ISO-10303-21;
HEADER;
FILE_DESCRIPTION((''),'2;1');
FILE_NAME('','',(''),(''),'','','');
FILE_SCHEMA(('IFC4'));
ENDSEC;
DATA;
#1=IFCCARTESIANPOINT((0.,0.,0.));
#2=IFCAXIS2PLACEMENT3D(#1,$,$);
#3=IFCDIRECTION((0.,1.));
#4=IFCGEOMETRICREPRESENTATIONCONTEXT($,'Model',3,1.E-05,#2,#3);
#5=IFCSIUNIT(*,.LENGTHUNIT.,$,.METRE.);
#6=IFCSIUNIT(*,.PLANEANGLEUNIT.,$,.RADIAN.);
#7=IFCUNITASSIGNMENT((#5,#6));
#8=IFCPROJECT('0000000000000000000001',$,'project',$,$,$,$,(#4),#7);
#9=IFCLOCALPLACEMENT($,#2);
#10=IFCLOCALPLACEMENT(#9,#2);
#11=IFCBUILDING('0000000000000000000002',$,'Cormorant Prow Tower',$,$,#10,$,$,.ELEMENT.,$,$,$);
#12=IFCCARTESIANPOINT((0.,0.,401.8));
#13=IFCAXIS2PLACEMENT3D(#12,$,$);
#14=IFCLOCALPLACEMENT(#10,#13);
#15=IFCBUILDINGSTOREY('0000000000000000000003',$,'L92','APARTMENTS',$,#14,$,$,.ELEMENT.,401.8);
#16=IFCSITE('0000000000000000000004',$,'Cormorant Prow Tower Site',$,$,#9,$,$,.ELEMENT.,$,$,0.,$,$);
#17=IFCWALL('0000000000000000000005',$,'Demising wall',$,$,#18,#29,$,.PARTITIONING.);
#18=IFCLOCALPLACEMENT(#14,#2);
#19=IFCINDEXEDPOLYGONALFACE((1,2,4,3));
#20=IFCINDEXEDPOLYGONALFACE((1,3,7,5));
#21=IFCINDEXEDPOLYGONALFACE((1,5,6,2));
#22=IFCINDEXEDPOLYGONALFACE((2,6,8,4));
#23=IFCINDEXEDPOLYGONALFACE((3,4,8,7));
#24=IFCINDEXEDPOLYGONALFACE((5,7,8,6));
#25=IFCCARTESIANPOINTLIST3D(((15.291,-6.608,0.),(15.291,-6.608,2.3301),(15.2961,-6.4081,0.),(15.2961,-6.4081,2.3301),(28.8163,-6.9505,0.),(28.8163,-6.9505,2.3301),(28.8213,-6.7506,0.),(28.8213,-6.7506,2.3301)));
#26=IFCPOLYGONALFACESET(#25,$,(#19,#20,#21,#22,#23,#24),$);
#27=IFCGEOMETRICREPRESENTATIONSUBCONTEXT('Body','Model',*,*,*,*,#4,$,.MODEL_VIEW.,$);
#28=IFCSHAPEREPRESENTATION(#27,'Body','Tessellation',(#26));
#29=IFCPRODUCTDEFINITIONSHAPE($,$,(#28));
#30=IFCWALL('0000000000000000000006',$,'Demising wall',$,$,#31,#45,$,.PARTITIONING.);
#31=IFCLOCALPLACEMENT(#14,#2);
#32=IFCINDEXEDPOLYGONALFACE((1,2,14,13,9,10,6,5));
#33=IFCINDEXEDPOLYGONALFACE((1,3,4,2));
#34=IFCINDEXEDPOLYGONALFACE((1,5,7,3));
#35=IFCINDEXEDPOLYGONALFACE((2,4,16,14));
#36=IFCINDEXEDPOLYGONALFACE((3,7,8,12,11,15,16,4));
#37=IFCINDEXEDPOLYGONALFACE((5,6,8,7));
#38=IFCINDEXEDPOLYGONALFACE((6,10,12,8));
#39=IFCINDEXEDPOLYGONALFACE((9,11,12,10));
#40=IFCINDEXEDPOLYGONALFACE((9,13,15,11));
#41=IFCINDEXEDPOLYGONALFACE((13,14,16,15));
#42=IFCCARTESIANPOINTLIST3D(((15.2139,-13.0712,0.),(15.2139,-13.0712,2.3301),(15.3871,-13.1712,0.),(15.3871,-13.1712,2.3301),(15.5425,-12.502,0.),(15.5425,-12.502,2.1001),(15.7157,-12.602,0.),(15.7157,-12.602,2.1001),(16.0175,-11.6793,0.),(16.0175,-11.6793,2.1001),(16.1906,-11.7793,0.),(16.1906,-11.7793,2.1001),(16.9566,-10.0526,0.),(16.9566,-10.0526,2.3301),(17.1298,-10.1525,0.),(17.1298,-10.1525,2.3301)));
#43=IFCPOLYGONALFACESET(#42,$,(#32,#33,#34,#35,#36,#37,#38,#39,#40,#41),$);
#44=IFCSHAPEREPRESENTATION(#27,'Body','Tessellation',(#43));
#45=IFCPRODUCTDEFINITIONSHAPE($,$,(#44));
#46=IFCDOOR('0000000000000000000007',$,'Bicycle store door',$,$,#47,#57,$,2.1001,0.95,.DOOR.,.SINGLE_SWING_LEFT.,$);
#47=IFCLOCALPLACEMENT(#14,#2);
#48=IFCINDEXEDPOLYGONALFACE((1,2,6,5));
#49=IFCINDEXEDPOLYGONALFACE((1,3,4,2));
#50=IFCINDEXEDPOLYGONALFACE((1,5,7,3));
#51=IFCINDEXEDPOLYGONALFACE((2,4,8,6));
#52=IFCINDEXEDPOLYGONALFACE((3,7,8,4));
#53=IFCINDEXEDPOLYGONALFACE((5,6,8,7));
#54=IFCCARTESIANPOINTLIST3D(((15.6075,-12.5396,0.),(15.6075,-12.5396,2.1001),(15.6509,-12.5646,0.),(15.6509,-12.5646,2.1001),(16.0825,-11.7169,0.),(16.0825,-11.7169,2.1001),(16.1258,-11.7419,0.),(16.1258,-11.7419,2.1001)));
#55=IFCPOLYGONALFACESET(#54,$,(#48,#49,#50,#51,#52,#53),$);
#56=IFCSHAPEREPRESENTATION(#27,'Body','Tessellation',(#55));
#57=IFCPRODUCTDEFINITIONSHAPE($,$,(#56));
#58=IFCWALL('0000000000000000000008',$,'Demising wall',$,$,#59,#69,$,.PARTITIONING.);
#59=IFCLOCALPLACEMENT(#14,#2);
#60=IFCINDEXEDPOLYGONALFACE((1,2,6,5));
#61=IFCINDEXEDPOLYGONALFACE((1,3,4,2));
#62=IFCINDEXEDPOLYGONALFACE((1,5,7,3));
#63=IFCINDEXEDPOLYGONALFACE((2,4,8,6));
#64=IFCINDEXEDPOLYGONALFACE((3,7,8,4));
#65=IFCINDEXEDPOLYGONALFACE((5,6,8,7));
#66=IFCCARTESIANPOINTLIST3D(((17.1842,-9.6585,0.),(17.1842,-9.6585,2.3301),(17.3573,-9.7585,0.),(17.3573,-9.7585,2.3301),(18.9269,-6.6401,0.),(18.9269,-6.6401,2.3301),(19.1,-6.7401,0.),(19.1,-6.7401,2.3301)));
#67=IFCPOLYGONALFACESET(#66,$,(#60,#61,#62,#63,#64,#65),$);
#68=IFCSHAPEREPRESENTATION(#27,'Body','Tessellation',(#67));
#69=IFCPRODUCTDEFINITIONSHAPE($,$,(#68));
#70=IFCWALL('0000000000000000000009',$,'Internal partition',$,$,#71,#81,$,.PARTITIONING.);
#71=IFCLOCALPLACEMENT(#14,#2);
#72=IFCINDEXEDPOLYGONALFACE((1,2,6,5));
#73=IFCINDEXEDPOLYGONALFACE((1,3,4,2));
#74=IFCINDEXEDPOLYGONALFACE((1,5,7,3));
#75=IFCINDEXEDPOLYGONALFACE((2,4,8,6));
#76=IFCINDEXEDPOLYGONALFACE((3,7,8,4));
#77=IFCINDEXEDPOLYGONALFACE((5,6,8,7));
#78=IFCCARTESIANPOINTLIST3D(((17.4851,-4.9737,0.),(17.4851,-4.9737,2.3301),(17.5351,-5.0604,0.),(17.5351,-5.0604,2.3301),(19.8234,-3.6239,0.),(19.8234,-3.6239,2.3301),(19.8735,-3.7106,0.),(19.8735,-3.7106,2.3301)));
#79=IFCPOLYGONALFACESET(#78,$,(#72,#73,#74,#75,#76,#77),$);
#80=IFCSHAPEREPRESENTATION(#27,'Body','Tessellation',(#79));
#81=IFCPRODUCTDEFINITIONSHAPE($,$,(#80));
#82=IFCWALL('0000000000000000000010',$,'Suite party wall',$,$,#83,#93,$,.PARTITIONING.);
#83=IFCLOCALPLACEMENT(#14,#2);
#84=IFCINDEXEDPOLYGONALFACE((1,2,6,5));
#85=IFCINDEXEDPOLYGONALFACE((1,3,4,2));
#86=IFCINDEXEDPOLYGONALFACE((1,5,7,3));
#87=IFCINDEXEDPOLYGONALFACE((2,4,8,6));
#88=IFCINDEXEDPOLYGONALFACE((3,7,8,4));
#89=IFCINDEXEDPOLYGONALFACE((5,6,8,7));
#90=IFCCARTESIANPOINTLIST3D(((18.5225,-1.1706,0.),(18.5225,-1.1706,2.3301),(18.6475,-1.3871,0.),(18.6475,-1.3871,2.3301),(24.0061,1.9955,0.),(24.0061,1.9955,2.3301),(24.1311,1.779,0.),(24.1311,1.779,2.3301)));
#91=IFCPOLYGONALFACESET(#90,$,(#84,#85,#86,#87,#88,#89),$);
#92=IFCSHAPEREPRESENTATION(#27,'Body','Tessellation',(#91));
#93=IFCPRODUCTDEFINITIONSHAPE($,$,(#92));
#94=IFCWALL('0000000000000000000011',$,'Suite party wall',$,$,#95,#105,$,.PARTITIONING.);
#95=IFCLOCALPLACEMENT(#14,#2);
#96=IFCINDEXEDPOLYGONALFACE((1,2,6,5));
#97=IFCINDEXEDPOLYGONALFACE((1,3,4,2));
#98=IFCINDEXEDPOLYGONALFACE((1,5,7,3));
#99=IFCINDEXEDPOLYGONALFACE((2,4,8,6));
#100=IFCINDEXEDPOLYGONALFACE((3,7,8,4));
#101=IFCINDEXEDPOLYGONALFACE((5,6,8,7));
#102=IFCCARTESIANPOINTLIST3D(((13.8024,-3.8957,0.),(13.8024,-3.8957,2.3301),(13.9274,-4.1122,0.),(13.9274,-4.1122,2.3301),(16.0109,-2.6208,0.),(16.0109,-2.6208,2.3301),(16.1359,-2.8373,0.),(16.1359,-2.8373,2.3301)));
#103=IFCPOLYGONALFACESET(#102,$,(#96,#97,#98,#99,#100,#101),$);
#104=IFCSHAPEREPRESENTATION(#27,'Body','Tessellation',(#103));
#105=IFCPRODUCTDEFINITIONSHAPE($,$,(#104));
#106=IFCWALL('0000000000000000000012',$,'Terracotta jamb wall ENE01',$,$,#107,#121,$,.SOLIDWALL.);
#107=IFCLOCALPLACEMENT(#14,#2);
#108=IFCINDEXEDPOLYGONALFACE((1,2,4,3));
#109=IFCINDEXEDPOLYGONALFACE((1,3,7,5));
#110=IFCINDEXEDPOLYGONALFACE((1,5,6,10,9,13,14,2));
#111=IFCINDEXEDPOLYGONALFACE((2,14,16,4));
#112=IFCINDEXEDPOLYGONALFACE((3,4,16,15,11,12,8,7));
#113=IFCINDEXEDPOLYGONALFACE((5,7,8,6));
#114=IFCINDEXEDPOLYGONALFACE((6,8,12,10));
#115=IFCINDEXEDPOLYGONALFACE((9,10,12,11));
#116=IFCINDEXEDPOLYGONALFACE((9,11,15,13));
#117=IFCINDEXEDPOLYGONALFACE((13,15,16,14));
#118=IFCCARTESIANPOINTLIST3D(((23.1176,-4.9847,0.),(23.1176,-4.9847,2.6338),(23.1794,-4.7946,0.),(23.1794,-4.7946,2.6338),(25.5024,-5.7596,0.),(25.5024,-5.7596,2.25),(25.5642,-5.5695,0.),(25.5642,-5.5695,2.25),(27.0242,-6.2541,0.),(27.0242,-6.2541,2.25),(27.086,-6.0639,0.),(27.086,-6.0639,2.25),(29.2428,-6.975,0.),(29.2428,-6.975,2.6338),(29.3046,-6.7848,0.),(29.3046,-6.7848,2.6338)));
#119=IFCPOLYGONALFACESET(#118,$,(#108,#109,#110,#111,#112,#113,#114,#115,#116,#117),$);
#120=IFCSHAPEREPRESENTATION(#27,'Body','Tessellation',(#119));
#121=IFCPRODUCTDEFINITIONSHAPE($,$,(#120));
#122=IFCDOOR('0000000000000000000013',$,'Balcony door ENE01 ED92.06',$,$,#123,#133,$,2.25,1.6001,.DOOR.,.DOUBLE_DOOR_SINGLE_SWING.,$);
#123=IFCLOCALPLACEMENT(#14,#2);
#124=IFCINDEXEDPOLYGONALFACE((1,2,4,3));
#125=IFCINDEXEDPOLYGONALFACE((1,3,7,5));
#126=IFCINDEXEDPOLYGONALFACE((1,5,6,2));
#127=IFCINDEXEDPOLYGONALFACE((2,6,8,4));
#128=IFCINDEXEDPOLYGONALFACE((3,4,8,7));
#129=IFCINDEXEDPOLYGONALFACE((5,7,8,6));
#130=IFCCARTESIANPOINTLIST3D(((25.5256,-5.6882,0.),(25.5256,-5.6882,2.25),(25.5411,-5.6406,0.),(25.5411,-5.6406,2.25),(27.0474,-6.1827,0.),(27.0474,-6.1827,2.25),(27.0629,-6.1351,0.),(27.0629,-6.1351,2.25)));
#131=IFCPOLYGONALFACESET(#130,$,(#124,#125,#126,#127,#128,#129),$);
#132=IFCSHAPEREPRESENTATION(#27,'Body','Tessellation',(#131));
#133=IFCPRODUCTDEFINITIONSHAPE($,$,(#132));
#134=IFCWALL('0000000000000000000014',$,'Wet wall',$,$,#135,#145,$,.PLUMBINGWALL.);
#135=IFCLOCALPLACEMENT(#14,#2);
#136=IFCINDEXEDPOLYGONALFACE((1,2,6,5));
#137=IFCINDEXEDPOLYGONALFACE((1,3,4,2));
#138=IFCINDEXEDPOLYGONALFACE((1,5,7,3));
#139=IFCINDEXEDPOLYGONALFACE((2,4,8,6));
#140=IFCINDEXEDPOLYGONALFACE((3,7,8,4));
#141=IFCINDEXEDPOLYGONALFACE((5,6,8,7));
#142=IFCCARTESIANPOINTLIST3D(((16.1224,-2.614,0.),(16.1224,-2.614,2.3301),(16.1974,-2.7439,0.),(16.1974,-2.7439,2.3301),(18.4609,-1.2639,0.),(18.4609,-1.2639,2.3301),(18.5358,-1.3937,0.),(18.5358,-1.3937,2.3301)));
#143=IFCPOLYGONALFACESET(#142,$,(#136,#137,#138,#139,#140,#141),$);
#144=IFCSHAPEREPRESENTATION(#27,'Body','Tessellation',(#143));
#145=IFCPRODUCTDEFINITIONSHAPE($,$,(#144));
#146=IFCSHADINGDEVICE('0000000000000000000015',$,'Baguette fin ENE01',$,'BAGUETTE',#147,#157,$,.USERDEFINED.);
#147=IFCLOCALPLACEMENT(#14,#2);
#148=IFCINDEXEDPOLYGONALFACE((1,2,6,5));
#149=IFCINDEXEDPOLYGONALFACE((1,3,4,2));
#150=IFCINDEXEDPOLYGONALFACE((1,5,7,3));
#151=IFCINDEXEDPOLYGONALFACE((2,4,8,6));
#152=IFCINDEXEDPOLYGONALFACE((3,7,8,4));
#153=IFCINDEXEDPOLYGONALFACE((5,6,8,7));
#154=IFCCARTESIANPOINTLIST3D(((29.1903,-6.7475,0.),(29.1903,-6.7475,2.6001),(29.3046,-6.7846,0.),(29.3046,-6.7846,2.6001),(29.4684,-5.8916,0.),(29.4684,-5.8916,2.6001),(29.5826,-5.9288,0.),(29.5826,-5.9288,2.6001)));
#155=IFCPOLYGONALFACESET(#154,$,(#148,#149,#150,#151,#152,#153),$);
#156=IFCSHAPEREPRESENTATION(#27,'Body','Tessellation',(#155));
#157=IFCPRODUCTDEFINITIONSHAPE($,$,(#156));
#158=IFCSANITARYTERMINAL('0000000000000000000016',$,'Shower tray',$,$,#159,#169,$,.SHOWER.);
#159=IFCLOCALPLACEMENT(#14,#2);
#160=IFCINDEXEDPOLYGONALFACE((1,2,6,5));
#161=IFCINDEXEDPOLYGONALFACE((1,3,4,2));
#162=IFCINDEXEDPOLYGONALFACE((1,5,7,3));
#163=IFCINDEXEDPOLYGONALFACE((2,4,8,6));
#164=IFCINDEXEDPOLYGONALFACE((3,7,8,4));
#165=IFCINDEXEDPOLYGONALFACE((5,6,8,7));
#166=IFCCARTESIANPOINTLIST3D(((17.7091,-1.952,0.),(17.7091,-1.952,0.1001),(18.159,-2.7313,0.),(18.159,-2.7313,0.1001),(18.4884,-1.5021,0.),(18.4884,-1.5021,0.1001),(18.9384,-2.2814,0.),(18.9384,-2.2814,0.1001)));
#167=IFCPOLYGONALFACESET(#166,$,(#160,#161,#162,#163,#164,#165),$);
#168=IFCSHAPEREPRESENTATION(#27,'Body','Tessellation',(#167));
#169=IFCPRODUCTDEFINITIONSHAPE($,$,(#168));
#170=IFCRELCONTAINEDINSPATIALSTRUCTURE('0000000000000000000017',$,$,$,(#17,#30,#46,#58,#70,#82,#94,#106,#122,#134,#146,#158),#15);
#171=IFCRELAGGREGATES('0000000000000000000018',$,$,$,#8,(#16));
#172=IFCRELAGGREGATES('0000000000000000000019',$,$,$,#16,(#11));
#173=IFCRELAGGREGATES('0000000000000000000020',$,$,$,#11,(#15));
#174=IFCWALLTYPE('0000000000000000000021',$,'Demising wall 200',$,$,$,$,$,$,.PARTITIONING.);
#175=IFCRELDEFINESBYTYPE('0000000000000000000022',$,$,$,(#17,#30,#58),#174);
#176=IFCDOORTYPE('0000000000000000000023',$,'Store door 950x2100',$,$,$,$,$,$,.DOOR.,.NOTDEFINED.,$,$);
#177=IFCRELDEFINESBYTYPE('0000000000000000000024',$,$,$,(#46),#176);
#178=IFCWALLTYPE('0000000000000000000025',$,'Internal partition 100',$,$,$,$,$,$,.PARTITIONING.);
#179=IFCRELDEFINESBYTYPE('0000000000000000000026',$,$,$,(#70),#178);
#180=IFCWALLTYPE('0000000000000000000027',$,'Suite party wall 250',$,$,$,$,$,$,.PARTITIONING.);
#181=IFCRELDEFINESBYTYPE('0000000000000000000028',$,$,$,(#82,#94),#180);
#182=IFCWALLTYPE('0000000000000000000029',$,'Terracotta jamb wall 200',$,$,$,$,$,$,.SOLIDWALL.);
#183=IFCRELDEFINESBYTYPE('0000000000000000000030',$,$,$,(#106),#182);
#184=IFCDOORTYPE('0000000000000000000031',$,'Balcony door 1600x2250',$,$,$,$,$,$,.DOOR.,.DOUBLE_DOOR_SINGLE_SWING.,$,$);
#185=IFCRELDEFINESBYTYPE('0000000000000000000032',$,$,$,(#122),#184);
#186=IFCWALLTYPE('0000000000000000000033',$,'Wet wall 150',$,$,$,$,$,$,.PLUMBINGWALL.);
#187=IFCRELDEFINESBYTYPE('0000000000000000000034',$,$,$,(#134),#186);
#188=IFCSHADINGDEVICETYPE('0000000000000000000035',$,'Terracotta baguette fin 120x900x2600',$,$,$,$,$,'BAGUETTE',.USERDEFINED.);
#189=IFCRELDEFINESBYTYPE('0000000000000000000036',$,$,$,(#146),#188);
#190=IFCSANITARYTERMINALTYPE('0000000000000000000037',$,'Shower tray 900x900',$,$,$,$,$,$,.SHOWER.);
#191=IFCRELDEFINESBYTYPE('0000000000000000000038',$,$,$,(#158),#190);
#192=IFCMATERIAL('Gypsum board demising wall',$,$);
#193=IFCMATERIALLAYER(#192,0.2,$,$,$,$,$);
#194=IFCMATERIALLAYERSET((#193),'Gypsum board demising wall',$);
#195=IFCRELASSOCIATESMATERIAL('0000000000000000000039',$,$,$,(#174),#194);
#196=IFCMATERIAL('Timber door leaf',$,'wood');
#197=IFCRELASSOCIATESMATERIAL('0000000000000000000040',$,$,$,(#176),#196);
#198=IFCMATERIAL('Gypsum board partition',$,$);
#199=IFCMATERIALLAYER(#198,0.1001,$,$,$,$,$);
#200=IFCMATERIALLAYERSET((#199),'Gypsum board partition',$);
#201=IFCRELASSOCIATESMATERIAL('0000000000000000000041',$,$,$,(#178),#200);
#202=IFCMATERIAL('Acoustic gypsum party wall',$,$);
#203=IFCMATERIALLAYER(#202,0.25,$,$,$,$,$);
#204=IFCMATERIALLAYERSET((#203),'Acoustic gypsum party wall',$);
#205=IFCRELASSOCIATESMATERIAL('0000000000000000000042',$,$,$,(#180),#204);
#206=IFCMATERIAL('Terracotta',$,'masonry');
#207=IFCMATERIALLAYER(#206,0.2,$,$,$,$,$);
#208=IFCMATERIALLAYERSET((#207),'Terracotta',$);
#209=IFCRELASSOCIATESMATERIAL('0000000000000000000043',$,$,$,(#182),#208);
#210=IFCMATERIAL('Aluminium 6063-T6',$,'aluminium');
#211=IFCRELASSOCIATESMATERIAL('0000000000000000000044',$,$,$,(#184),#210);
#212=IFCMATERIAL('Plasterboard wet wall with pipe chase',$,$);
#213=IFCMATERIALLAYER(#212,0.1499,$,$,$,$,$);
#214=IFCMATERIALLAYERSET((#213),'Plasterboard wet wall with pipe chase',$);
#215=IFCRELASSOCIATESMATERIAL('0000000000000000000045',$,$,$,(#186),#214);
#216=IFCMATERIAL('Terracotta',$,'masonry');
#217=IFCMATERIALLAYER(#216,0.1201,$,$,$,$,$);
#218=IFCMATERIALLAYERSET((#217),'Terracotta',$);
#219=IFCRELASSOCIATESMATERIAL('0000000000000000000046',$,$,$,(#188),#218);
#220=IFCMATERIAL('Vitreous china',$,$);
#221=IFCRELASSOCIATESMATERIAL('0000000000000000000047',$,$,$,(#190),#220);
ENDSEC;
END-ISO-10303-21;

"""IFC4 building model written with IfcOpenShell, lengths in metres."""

from ifc_helpers import new_model, si_unit, direction, frame, frame_2d, origin, origin_2d, place, context, subcontext, project, spatial, rectangle, extrude, material, layer, layer_set, type_object, element, fill, save


model = new_model("IFC4")

# Units and contexts
model_context = context("Model", 3, precision=1e-05, world=origin(), true_north=direction((0.0, 1.0)))
body_context = subcontext(model_context, "Body", "Model", "MODEL_VIEW")
ifc_project = project(units=[si_unit("LENGTHUNIT", "METRE"), si_unit("PLANEANGLEUNIT", "RADIAN")], contexts=[model_context])

# Site, building, storey
site_placement = place(None, origin())
site = spatial("IfcSite", under=ifc_project, at=site_placement, Name="Cormorant Prow Tower Site", CompositionType="ELEMENT", RefElevation=0.0)
building_placement = place(site_placement, origin())
building = spatial("IfcBuilding", under=site, at=building_placement, Name="Cormorant Prow Tower", CompositionType="ELEMENT")
storey_placement = place(building_placement, frame((0.0, 0.0, 401.8)))
storey = spatial("IfcBuildingStorey", under=building, at=storey_placement, Name="L92", Description="APARTMENTS", CompositionType="ELEMENT", Elevation=401.8)

# Wall
ifc_material_1 = material(Name="Gypsum board demising wall")
ifc_layer_1 = layer(ifc_material_1, 0.2)
ifc_layer_set_1 = layer_set([ifc_layer_1], Name="Gypsum board demising wall")
wall_type_1 = type_object("IfcWallType", Name="Demising wall 200", PredefinedType="PARTITIONING", material=ifc_layer_set_1)
wall_1_placement = place(storey_placement, frame((15.2937, -6.5081, 0.0), z_axis=(0.0, 0.0, 1.0), x_axis=(0.999679, -0.025317, 0.0)))
element("IfcWall", 1, at=wall_1_placement, inside=storey, type_object=wall_type_1, Name="Demising wall", PredefinedType="PARTITIONING", context=body_context, shape_type="SweptSolid", body=[
    extrude(rectangle(XDim=13.5295, YDim=0.2, at=frame_2d((6.7646, 0.0))), origin(), (0.0, 0.0, 1.0), 2.3301),
])

# Wall, opening, door
wall_2_placement = place(storey_placement, frame((15.3005, -13.1211, 0.0), z_axis=(0.0, 0.0, 1.0), x_axis=(0.499981, 0.866036, 0.0)))
wall_2 = element("IfcWall", 2, at=wall_2_placement, inside=storey, type_object=wall_type_1, Name="Demising wall", PredefinedType="PARTITIONING", context=body_context, shape_type="SweptSolid", body=[
    extrude(rectangle(XDim=3.4856, YDim=0.2, at=frame_2d((1.7427, 0.0))), origin(), (0.0, 0.0, 1.0), 2.3301),
])
opening_1_placement = place(wall_2_placement, frame((0.657, 0.0, 0.0)))
opening_1 = element("IfcOpeningElement", 3, at=opening_1_placement, cuts=wall_2, PredefinedType="OPENING", context=body_context, shape_type="SweptSolid", body=[
    extrude(rectangle(XDim=0.95, YDim=2.1001, at=frame_2d((0.4751, 1.05))), frame((0.0, 0.1099, 0.0), z_axis=(0.0, -1.0, 0.0), x_axis=(1.0, 0.0, 0.0)), (0.0, 0.0, 1.0), 0.22),
])
ifc_material_2 = material(Name="Timber door leaf", Category="wood")
door_type_1 = type_object("IfcDoorType", Name="Store door 950x2100", OperationType="NOTDEFINED", PredefinedType="DOOR", material=ifc_material_2)
door_1_placement = place(opening_1_placement, origin())
door_1 = element("IfcDoor", 4, at=door_1_placement, inside=storey, type_object=door_type_1, Name="Bicycle store door", OperationType="SINGLE_SWING_LEFT", OverallHeight=2.1001, OverallWidth=0.95, PredefinedType="DOOR", context=body_context, shape_type="SweptSolid", body=[
    extrude(rectangle(XDim=0.95, YDim=2.1001, at=frame_2d((0.4751, 1.05))), frame((0.0, 0.0249, 0.0), z_axis=(0.0, -1.0, 0.0), x_axis=(1.0, 0.0, 0.0)), (0.0, 0.0, 1.0), 0.05),
])
fill(opening_1, door_1)

# Walls
wall_3_placement = place(storey_placement, frame((17.2708, -9.7085, 0.0), z_axis=(0.0, 0.0, 1.0), x_axis=(0.500011, 0.866019, 0.0)))
element("IfcWall", 5, at=wall_3_placement, inside=storey, type_object=wall_type_1, Name="Demising wall", PredefinedType="PARTITIONING", context=body_context, shape_type="SweptSolid", body=[
    extrude(rectangle(XDim=3.4854, YDim=0.2, at=frame_2d((1.7427, 0.0))), origin(), (0.0, 0.0, 1.0), 2.3301),
])
ifc_material_3 = material(Name="Gypsum board partition")
ifc_layer_2 = layer(ifc_material_3, 0.1001)
ifc_layer_set_2 = layer_set([ifc_layer_2], Name="Gypsum board partition")
wall_type_2 = type_object("IfcWallType", Name="Internal partition 100", PredefinedType="PARTITIONING", material=ifc_layer_set_2)
wall_4_placement = place(storey_placement, frame((17.51, -5.0171, 0.0), z_axis=(0.0, 0.0, 1.0), x_axis=(0.866059, 0.499942, 0.0)))
element("IfcWall", 6, at=wall_4_placement, inside=storey, type_object=wall_type_2, Name="Internal partition", PredefinedType="PARTITIONING", context=body_context, shape_type="SweptSolid", body=[
    extrude(rectangle(XDim=2.7, YDim=0.1001, at=frame_2d((1.3501, 0.0))), origin(), (0.0, 0.0, 1.0), 2.3301),
])
ifc_material_4 = material(Name="Acoustic gypsum party wall")
ifc_layer_3 = layer(ifc_material_4, 0.25)
ifc_layer_set_3 = layer_set([ifc_layer_3], Name="Acoustic gypsum party wall")
wall_type_3 = type_object("IfcWallType", Name="Suite party wall 250", PredefinedType="PARTITIONING", material=ifc_layer_set_3)
wall_5_placement = place(storey_placement, frame((18.585, -1.2788, 0.0), z_axis=(0.0, 0.0, 1.0), x_axis=(0.866023, 0.500004, 0.0)))
element("IfcWall", 7, at=wall_5_placement, inside=storey, type_object=wall_type_3, Name="Suite party wall", PredefinedType="PARTITIONING", context=body_context, shape_type="SweptSolid", body=[
    extrude(rectangle(XDim=6.332, YDim=0.25, at=frame_2d((3.166, 0.0))), origin(), (0.0, 0.0, 1.0), 2.3301),
])
wall_6_placement = place(storey_placement, frame((13.865, -4.0039, 0.0), z_axis=(0.0, 0.0, 1.0), x_axis=(0.866055, 0.499949, 0.0)))
element("IfcWall", 8, at=wall_6_placement, inside=storey, type_object=wall_type_3, Name="Suite party wall", PredefinedType="PARTITIONING", context=body_context, shape_type="SweptSolid", body=[
    extrude(rectangle(XDim=2.55, YDim=0.25, at=frame_2d((1.2749, 0.0))), origin(), (0.0, 0.0, 1.0), 2.3301),
])

# Wall, opening, door
ifc_material_5 = material(Name="Terracotta", Category="masonry")
ifc_layer_4 = layer(ifc_material_5, 0.2)
ifc_layer_set_4 = layer_set([ifc_layer_4], Name="Terracotta")
wall_type_4 = type_object("IfcWallType", Name="Terracotta jamb wall 200", PredefinedType="SOLIDWALL", material=ifc_layer_set_4)
wall_7_placement = place(storey_placement, frame((29.2737, -6.8799, 0.0), z_axis=(0.0, 0.0, 1.0), x_axis=(-0.951056, 0.30902, 0.0)))
wall_7 = element("IfcWall", 9, at=wall_7_placement, inside=storey, type_object=wall_type_4, Name="Terracotta jamb wall ENE01", PredefinedType="SOLIDWALL", context=body_context, shape_type="SweptSolid", body=[
    extrude(rectangle(XDim=6.4404, YDim=0.2, at=frame_2d((3.2202, 0.0))), origin(), (0.0, 0.0, 1.0), 2.6338),
])
opening_2_placement = place(wall_7_placement, frame((2.3328, 0.0, 0.0)))
opening_2 = element("IfcOpeningElement", 10, at=opening_2_placement, cuts=wall_7, PredefinedType="OPENING", context=body_context, shape_type="SweptSolid", body=[
    extrude(rectangle(XDim=1.6001, YDim=2.25, at=frame_2d((0.8, 1.125))), frame((0.0, 0.1099, 0.0), z_axis=(0.0, -1.0, 0.0), x_axis=(1.0, 0.0, 0.0)), (0.0, 0.0, 1.0), 0.22),
])
ifc_material_6 = material(Name="Aluminium 6063-T6", Category="aluminium")
door_type_2 = type_object("IfcDoorType", Name="Balcony door 1600x2250", OperationType="DOUBLE_DOOR_SINGLE_SWING", PredefinedType="DOOR", material=ifc_material_6)
door_2_placement = place(opening_2_placement, origin())
door_2 = element("IfcDoor", 11, at=door_2_placement, inside=storey, type_object=door_type_2, Name="Balcony door ENE01 ED92.06", OperationType="DOUBLE_DOOR_SINGLE_SWING", OverallHeight=2.25, OverallWidth=1.6001, PredefinedType="DOOR", context=body_context, shape_type="SweptSolid", body=[
    extrude(rectangle(XDim=1.6001, YDim=2.25, at=frame_2d((0.8, 1.125))), frame((0.0, 0.0249, 0.0), z_axis=(0.0, -1.0, 0.0), x_axis=(1.0, 0.0, 0.0)), (0.0, 0.0, 1.0), 0.05),
])
fill(opening_2, door_2)

# Wall
ifc_material_7 = material(Name="Plasterboard wet wall with pipe chase")
ifc_layer_5 = layer(ifc_material_7, 0.1499)
ifc_layer_set_5 = layer_set([ifc_layer_5], Name="Plasterboard wet wall with pipe chase")
wall_type_5 = type_object("IfcWallType", Name="Wet wall 150", PredefinedType="PLUMBINGWALL", material=ifc_layer_set_5)
wall_8_placement = place(storey_placement, frame((16.1599, -2.679, 0.0), z_axis=(0.0, 0.0, 1.0), x_axis=(0.86602, 0.500009, 0.0)))
element("IfcWall", 12, at=wall_8_placement, inside=storey, type_object=wall_type_5, Name="Wet wall", PredefinedType="PLUMBINGWALL", context=body_context, shape_type="SweptSolid", body=[
    extrude(rectangle(XDim=2.7002, YDim=0.1499, at=frame_2d((1.3501, 0.0))), origin(), (0.0, 0.0, 1.0), 2.3301),
])

# Shading device
ifc_material_8 = material(Name="Terracotta", Category="masonry")
ifc_layer_6 = layer(ifc_material_8, 0.1201)
ifc_layer_set_6 = layer_set([ifc_layer_6], Name="Terracotta")
shading_device_type = type_object("IfcShadingDeviceType", Name="Terracotta baguette fin 120x900x2600", ElementType="BAGUETTE", PredefinedType="USERDEFINED", material=ifc_layer_set_6)
shading_device_placement = place(storey_placement, frame((29.3865, -6.3381, 0.0), z_axis=(0.0, 0.0, 1.0), x_axis=(-0.951056, 0.309017, 0.0)))
element("IfcShadingDevice", 13, at=shading_device_placement, inside=storey, type_object=shading_device_type, Name="Baguette fin ENE01", ObjectType="BAGUETTE", PredefinedType="USERDEFINED", context=body_context, shape_type="SweptSolid", body=[
    extrude(rectangle(XDim=0.1201, YDim=0.8999, at=origin_2d()), origin(), (0.0, 0.0, 1.0), 2.6001),
])

# Sanitary terminal
ifc_material_9 = material(Name="Vitreous china")
sanitary_terminal_type_1 = type_object("IfcSanitaryTerminalType", Name="Shower tray 900x900", PredefinedType="SHOWER", material=ifc_material_9)
for number, where, z_axis, x_axis, name in (
    (14, (18.3237, -2.1167, 0.0), (0.0, 0.0, 1.0), (0.5, -0.866025, 0.0), "Shower tray"),
):
    element("IfcSanitaryTerminal", number, at=place(storey_placement, frame(where, z_axis=z_axis, x_axis=x_axis)), inside=storey, type_object=sanitary_terminal_type_1, Name=name, PredefinedType="SHOWER", context=body_context, shape_type="SweptSolid", body=[
        extrude(rectangle(XDim=0.8999, YDim=0.8999, at=origin_2d()), origin(), (0.0, 0.0, 1.0), 0.1001),
    ])

save(model, "model.ifc")
